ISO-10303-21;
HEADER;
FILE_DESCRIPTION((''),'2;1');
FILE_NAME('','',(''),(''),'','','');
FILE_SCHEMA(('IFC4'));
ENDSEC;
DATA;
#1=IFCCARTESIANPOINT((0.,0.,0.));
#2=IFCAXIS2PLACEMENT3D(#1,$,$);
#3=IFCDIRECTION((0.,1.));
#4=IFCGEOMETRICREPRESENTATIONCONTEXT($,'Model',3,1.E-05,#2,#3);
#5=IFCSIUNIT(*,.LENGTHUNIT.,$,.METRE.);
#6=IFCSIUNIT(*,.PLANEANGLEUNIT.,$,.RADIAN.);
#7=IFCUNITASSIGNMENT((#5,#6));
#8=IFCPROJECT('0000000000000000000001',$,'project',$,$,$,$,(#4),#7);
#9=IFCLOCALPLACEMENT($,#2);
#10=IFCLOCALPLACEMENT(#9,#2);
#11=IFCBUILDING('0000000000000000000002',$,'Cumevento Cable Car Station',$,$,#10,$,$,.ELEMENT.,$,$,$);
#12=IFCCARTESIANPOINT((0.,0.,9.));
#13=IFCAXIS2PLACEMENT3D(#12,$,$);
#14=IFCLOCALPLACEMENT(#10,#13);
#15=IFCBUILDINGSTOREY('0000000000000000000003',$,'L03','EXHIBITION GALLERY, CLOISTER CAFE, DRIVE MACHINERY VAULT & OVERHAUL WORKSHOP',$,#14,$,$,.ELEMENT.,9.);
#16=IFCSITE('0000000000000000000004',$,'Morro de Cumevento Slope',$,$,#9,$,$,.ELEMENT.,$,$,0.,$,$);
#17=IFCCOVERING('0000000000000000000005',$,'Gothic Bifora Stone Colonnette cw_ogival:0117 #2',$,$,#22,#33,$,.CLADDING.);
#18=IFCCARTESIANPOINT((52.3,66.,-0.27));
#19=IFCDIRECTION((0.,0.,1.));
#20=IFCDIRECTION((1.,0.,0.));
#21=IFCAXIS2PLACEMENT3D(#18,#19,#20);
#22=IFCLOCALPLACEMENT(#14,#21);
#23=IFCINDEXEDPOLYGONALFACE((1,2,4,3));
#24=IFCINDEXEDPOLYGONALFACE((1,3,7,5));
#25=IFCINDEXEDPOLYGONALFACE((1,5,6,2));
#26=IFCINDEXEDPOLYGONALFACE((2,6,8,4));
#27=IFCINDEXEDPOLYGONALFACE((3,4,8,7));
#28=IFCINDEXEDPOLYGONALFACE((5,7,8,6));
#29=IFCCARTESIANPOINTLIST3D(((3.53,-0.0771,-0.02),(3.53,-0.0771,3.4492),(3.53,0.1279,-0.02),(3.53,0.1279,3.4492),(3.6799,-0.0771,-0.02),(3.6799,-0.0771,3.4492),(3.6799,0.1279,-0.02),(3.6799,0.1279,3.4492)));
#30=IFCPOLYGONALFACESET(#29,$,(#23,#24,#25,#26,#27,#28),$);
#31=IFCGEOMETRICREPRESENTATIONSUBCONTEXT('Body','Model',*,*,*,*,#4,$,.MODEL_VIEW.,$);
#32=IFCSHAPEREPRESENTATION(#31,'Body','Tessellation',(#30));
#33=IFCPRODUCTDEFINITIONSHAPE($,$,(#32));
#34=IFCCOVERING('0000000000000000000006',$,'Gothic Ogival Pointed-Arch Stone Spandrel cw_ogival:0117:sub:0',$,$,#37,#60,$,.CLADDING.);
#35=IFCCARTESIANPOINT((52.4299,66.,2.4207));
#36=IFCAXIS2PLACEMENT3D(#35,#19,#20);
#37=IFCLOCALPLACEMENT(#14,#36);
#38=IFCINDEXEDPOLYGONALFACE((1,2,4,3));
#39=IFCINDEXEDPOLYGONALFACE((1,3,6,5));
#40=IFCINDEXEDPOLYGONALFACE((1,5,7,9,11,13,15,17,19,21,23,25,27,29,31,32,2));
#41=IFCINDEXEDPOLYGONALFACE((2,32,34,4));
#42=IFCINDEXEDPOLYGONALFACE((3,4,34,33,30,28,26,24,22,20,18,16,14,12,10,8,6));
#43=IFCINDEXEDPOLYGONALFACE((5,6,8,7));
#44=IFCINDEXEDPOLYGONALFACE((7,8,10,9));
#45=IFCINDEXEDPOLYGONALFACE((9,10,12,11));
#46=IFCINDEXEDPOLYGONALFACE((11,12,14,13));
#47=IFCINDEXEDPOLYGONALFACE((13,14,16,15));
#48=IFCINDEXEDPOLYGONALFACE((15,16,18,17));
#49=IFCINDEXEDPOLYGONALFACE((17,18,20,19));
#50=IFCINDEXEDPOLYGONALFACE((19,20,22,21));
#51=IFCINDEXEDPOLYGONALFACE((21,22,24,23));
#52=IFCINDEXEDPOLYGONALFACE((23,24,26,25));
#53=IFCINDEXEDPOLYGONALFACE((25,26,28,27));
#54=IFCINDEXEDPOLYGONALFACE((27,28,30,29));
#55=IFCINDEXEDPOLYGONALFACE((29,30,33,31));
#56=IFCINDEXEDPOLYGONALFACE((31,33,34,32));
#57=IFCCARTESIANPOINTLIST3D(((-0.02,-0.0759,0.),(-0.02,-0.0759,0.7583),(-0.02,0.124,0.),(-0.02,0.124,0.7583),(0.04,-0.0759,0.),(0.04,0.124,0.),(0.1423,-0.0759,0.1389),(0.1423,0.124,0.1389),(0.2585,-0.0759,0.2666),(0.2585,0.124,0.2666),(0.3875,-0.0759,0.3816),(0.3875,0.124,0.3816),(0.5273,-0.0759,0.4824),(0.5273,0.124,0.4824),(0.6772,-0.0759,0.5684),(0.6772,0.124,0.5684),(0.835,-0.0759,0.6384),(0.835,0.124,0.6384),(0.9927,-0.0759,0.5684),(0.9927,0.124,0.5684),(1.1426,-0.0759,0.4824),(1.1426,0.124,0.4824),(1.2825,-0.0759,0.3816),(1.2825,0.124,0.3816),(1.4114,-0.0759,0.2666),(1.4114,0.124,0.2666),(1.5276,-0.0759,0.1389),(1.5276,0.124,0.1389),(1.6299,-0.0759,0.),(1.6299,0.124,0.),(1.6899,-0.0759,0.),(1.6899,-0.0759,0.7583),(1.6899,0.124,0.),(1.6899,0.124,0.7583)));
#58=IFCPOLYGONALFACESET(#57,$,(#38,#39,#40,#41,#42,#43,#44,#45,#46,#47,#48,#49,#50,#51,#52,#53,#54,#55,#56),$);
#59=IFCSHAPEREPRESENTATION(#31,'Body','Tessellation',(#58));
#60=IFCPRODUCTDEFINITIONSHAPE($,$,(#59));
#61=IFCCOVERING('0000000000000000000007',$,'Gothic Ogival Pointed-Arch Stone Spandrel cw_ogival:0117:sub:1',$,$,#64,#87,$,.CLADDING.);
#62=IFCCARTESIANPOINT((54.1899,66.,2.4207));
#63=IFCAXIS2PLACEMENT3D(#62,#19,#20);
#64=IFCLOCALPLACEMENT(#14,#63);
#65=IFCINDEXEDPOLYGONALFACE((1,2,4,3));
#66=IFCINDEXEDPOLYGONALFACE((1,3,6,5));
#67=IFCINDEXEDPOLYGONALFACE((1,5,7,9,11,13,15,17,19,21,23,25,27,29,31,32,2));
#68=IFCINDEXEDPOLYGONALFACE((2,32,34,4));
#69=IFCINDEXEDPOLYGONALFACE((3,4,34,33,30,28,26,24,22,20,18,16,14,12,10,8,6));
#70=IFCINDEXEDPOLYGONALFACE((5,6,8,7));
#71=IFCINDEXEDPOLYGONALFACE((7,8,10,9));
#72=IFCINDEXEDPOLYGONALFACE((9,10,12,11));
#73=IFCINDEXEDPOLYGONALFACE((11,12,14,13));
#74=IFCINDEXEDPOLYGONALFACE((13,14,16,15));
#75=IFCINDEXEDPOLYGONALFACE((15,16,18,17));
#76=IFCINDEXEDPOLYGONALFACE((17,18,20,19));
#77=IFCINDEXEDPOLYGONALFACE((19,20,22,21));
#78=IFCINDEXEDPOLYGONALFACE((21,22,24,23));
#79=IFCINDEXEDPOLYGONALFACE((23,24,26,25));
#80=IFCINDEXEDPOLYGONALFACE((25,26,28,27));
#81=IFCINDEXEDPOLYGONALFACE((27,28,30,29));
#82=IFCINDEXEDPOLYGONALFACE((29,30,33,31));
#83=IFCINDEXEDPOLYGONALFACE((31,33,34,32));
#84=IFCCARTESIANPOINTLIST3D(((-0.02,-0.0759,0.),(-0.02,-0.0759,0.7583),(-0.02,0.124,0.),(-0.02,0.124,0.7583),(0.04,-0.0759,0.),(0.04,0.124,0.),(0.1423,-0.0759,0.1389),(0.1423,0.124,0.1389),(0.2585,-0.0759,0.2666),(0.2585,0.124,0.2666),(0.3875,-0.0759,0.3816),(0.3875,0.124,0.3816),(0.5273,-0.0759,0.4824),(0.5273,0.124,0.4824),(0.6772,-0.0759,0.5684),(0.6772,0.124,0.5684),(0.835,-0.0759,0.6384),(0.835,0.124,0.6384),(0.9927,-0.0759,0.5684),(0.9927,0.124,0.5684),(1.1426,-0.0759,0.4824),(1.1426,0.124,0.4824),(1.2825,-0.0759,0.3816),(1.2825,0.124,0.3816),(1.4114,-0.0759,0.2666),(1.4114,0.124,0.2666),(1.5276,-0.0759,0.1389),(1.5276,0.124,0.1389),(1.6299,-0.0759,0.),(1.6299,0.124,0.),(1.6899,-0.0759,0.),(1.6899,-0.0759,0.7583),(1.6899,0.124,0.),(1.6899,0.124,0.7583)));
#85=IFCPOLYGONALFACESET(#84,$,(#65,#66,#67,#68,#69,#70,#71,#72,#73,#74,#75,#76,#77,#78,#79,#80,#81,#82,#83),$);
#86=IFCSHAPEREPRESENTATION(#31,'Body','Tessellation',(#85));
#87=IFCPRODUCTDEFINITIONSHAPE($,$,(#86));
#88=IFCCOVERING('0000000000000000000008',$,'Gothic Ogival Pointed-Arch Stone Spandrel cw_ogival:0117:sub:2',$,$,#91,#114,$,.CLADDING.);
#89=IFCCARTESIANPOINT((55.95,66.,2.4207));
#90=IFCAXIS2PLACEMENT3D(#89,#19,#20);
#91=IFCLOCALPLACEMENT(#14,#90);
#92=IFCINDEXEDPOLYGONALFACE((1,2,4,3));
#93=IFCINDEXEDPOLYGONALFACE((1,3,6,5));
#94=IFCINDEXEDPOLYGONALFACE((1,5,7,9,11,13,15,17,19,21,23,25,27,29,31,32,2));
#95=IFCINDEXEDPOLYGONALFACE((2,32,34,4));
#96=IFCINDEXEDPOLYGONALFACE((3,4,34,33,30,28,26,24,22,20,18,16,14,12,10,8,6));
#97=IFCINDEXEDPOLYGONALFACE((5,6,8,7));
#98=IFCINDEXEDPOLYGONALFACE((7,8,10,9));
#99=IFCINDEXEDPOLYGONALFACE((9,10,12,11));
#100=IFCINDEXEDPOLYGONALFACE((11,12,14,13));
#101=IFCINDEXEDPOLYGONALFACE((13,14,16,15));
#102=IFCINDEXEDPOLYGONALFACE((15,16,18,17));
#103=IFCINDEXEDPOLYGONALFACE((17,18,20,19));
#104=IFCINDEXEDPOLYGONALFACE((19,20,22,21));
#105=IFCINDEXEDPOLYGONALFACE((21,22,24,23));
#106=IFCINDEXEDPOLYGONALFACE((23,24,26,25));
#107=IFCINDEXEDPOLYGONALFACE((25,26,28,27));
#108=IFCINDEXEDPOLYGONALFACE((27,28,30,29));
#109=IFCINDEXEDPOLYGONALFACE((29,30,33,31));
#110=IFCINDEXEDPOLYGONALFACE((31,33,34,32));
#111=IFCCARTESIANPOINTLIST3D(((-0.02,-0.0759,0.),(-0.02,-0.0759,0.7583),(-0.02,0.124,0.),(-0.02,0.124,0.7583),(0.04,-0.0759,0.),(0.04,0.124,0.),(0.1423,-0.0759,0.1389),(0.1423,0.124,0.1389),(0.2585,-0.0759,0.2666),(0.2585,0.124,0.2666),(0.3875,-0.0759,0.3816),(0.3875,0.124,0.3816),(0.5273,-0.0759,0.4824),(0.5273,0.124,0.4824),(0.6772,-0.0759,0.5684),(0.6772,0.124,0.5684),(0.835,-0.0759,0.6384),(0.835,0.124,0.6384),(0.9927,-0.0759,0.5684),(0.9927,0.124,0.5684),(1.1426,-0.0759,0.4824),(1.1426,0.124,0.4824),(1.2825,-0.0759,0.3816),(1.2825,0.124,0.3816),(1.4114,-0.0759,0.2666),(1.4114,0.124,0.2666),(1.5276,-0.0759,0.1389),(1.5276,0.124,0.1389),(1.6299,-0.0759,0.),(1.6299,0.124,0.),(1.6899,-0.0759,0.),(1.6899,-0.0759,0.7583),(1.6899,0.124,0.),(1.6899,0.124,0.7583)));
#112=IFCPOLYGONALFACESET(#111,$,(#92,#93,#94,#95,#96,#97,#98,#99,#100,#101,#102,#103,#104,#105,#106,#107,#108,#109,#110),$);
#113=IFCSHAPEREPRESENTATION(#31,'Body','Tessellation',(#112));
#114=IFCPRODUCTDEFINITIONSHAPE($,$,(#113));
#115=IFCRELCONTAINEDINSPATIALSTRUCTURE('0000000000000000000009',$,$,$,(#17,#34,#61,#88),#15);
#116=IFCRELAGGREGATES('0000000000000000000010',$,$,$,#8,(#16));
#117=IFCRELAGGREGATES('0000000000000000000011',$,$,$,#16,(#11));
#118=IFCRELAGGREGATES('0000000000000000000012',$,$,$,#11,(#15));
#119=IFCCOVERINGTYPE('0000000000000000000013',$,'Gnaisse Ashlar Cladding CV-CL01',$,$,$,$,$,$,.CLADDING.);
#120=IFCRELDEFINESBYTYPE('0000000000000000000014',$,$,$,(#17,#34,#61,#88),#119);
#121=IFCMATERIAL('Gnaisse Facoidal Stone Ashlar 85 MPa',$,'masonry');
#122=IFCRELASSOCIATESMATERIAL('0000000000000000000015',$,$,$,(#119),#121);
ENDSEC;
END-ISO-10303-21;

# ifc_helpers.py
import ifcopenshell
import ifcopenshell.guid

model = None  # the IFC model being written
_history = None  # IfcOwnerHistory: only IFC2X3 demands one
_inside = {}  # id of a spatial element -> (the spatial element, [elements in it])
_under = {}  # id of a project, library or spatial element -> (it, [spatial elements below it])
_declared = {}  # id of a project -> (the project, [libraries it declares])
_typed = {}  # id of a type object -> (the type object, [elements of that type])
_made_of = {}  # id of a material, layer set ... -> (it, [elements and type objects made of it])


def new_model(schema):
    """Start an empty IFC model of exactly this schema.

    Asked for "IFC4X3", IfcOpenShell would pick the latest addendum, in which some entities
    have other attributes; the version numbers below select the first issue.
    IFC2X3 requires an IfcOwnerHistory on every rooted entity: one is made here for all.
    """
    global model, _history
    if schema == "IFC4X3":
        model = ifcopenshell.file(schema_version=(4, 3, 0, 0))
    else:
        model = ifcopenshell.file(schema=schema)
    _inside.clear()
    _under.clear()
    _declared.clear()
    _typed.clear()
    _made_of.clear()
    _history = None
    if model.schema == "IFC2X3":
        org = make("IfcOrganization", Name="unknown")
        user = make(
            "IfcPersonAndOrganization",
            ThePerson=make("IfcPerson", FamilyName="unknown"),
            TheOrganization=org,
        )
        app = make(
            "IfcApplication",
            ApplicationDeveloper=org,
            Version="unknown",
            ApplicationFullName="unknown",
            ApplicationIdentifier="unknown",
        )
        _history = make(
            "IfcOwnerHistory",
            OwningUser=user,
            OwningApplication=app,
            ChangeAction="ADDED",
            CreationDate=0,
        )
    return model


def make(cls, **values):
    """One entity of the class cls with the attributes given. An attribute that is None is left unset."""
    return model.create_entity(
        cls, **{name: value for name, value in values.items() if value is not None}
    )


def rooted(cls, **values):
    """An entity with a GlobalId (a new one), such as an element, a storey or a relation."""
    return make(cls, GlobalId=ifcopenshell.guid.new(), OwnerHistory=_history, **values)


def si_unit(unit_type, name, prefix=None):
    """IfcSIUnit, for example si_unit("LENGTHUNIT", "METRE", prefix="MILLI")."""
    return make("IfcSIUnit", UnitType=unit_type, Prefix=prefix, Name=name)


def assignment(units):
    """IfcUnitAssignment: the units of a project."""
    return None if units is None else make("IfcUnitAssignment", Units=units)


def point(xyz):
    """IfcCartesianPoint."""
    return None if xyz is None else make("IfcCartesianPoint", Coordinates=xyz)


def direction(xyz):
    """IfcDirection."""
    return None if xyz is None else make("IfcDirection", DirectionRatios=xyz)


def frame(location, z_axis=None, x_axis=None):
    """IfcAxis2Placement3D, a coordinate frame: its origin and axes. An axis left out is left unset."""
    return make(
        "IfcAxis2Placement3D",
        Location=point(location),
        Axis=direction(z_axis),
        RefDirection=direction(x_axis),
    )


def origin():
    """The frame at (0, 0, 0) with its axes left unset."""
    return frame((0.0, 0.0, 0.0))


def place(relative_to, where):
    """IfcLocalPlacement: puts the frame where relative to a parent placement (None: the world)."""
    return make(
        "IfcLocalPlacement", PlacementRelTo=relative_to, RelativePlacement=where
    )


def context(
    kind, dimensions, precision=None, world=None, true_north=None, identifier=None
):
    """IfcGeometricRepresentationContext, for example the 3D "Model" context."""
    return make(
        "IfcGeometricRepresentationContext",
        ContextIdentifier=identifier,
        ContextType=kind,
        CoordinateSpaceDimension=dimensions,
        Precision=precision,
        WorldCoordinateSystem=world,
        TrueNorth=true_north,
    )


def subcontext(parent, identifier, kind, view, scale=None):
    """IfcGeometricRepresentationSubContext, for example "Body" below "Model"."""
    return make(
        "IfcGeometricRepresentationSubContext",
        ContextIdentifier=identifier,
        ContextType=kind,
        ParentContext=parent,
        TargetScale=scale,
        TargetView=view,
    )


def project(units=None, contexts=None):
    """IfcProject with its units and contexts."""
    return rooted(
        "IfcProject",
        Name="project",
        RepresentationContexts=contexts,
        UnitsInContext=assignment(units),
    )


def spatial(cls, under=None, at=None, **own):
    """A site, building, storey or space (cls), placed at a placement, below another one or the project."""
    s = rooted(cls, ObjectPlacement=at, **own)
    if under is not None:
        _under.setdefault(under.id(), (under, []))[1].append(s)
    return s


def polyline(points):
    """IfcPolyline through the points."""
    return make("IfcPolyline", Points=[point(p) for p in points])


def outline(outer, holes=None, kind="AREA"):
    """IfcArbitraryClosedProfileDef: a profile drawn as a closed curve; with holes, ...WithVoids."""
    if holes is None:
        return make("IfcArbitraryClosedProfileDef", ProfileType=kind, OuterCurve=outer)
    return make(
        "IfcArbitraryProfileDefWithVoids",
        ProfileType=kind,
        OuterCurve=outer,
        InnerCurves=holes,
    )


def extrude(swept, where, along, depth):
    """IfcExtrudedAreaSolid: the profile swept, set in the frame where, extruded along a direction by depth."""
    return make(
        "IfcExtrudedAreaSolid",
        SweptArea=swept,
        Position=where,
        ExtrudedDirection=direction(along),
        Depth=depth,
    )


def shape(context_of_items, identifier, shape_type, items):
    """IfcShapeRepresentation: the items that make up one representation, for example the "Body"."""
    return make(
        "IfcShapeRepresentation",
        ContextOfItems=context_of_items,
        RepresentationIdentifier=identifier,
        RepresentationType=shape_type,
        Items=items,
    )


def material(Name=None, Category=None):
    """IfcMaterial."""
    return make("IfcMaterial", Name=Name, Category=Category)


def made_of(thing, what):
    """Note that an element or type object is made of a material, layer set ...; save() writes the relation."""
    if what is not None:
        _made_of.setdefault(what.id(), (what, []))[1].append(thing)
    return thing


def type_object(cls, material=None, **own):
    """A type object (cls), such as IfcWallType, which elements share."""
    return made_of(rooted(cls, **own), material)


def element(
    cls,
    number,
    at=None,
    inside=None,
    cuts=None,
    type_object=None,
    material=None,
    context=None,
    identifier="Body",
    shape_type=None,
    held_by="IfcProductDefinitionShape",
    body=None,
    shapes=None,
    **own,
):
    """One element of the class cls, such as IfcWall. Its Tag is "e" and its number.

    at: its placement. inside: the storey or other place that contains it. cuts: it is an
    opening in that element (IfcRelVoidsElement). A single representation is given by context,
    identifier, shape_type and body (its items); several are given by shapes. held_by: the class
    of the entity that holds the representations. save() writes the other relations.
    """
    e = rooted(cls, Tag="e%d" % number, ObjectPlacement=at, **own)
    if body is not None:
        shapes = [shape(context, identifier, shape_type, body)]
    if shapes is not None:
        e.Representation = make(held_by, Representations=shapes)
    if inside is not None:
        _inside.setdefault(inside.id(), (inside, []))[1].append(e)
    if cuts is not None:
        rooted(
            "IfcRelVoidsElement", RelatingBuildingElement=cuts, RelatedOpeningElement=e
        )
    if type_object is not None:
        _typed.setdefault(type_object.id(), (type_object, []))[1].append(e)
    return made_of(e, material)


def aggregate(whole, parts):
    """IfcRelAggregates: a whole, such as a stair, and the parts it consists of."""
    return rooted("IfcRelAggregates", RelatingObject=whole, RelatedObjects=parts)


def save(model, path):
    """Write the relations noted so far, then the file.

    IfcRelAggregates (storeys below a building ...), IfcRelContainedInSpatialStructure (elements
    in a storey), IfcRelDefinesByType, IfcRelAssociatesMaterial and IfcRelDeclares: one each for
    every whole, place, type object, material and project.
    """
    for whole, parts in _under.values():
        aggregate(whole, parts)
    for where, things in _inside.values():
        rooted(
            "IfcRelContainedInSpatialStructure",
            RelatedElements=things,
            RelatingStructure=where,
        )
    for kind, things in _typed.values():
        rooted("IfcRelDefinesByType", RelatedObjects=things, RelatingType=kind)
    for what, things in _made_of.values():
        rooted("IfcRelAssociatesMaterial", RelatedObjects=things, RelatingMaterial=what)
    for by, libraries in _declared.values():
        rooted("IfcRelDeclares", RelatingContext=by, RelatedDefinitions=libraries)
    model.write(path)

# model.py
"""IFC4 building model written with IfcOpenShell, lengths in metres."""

from ifc_helpers import new_model, si_unit, direction, frame, origin, place, context, subcontext, project, spatial, polyline, outline, extrude, material, type_object, element, save


model = new_model("IFC4")

# Units and contexts
model_context = context("Model", 3, precision=1e-05, world=origin(), true_north=direction((0.0, 1.0)))
body_context = subcontext(model_context, "Body", "Model", "MODEL_VIEW")
ifc_project = project(units=[si_unit("LENGTHUNIT", "METRE"), si_unit("PLANEANGLEUNIT", "RADIAN")], contexts=[model_context])

# Site, building, storey
site_placement = place(None, origin())
site = spatial("IfcSite", under=ifc_project, at=site_placement, Name="Morro de Cumevento Slope", CompositionType="ELEMENT", RefElevation=0.0)
building_placement = place(site_placement, origin())
building = spatial("IfcBuilding", under=site, at=building_placement, Name="Cumevento Cable Car Station", CompositionType="ELEMENT")
storey_placement = place(building_placement, frame((0.0, 0.0, 9.0)))
storey = spatial("IfcBuildingStorey", under=building, at=storey_placement, Name="L03", Description="EXHIBITION GALLERY, CLOISTER CAFE, DRIVE MACHINERY VAULT & OVERHAUL WORKSHOP", CompositionType="ELEMENT", Elevation=9.0)

# Coverings
ifc_material_1 = material(Name="Gnaisse Facoidal Stone Ashlar 85 MPa", Category="masonry")
covering_type = type_object("IfcCoveringType", Name="Gnaisse Ashlar Cladding CV-CL01", PredefinedType="CLADDING", material=ifc_material_1)
covering_1_placement = place(storey_placement, frame((52.3, 66.0, -0.27), z_axis=(0.0, 0.0, 1.0), x_axis=(1.0, 0.0, 0.0)))
element("IfcCovering", 1, at=covering_1_placement, inside=storey, type_object=covering_type, Name="Gothic Bifora Stone Colonnette cw_ogival:0117 #2", PredefinedType="CLADDING", context=body_context, shape_type="SweptSolid", body=[
    extrude(outline(polyline([(3.53, -0.02), (3.6799, -0.02), (3.6799, 3.4492), (3.53, 3.4492), (3.53, -0.02)])), frame((0.0, 0.1279, 0.0), z_axis=(0.0, -1.0, 0.0), x_axis=(1.0, 0.0, 0.0)), (0.0, 0.0, 1.0), 0.2051),
])
for number, where, z_axis, x_axis, name in (
    (2, (52.4299, 66.0, 2.4207), (0.0, 0.0, 1.0), (1.0, 0.0, 0.0), "Gothic Ogival Pointed-Arch Stone Spandrel cw_ogival:0117:sub:0"),
    (3, (54.1899, 66.0, 2.4207), (0.0, 0.0, 1.0), (1.0, 0.0, 0.0), "Gothic Ogival Pointed-Arch Stone Spandrel cw_ogival:0117:sub:1"),
    (4, (55.95, 66.0, 2.4207), (0.0, 0.0, 1.0), (1.0, 0.0, 0.0), "Gothic Ogival Pointed-Arch Stone Spandrel cw_ogival:0117:sub:2"),
):
    element("IfcCovering", number, at=place(storey_placement, frame(where, z_axis=z_axis, x_axis=x_axis)), inside=storey, type_object=covering_type, Name=name, PredefinedType="CLADDING", context=body_context, shape_type="SweptSolid", body=[
        extrude(outline(polyline([(-0.02, 0.0), (-0.02, 0.7583), (1.6899, 0.7583), (1.6899, 0.0), (1.6299, 0.0), (1.5276, 0.1389), (1.4114, 0.2666), (1.2825, 0.3816), (1.1426, 0.4824), (0.9927, 0.5684), (0.835, 0.6384), (0.6772, 0.5684), (0.5273, 0.4824), (0.3875, 0.3816), (0.2585, 0.2666), (0.1423, 0.1389), (0.04, 0.0), (-0.02, 0.0)])), frame((0.0, 0.124, 0.0), z_axis=(0.0, -1.0, 0.0), x_axis=(1.0, 0.0, 0.0)), (0.0, 0.0, 1.0), 0.2),
    ])

save(model, "model.ifc")
